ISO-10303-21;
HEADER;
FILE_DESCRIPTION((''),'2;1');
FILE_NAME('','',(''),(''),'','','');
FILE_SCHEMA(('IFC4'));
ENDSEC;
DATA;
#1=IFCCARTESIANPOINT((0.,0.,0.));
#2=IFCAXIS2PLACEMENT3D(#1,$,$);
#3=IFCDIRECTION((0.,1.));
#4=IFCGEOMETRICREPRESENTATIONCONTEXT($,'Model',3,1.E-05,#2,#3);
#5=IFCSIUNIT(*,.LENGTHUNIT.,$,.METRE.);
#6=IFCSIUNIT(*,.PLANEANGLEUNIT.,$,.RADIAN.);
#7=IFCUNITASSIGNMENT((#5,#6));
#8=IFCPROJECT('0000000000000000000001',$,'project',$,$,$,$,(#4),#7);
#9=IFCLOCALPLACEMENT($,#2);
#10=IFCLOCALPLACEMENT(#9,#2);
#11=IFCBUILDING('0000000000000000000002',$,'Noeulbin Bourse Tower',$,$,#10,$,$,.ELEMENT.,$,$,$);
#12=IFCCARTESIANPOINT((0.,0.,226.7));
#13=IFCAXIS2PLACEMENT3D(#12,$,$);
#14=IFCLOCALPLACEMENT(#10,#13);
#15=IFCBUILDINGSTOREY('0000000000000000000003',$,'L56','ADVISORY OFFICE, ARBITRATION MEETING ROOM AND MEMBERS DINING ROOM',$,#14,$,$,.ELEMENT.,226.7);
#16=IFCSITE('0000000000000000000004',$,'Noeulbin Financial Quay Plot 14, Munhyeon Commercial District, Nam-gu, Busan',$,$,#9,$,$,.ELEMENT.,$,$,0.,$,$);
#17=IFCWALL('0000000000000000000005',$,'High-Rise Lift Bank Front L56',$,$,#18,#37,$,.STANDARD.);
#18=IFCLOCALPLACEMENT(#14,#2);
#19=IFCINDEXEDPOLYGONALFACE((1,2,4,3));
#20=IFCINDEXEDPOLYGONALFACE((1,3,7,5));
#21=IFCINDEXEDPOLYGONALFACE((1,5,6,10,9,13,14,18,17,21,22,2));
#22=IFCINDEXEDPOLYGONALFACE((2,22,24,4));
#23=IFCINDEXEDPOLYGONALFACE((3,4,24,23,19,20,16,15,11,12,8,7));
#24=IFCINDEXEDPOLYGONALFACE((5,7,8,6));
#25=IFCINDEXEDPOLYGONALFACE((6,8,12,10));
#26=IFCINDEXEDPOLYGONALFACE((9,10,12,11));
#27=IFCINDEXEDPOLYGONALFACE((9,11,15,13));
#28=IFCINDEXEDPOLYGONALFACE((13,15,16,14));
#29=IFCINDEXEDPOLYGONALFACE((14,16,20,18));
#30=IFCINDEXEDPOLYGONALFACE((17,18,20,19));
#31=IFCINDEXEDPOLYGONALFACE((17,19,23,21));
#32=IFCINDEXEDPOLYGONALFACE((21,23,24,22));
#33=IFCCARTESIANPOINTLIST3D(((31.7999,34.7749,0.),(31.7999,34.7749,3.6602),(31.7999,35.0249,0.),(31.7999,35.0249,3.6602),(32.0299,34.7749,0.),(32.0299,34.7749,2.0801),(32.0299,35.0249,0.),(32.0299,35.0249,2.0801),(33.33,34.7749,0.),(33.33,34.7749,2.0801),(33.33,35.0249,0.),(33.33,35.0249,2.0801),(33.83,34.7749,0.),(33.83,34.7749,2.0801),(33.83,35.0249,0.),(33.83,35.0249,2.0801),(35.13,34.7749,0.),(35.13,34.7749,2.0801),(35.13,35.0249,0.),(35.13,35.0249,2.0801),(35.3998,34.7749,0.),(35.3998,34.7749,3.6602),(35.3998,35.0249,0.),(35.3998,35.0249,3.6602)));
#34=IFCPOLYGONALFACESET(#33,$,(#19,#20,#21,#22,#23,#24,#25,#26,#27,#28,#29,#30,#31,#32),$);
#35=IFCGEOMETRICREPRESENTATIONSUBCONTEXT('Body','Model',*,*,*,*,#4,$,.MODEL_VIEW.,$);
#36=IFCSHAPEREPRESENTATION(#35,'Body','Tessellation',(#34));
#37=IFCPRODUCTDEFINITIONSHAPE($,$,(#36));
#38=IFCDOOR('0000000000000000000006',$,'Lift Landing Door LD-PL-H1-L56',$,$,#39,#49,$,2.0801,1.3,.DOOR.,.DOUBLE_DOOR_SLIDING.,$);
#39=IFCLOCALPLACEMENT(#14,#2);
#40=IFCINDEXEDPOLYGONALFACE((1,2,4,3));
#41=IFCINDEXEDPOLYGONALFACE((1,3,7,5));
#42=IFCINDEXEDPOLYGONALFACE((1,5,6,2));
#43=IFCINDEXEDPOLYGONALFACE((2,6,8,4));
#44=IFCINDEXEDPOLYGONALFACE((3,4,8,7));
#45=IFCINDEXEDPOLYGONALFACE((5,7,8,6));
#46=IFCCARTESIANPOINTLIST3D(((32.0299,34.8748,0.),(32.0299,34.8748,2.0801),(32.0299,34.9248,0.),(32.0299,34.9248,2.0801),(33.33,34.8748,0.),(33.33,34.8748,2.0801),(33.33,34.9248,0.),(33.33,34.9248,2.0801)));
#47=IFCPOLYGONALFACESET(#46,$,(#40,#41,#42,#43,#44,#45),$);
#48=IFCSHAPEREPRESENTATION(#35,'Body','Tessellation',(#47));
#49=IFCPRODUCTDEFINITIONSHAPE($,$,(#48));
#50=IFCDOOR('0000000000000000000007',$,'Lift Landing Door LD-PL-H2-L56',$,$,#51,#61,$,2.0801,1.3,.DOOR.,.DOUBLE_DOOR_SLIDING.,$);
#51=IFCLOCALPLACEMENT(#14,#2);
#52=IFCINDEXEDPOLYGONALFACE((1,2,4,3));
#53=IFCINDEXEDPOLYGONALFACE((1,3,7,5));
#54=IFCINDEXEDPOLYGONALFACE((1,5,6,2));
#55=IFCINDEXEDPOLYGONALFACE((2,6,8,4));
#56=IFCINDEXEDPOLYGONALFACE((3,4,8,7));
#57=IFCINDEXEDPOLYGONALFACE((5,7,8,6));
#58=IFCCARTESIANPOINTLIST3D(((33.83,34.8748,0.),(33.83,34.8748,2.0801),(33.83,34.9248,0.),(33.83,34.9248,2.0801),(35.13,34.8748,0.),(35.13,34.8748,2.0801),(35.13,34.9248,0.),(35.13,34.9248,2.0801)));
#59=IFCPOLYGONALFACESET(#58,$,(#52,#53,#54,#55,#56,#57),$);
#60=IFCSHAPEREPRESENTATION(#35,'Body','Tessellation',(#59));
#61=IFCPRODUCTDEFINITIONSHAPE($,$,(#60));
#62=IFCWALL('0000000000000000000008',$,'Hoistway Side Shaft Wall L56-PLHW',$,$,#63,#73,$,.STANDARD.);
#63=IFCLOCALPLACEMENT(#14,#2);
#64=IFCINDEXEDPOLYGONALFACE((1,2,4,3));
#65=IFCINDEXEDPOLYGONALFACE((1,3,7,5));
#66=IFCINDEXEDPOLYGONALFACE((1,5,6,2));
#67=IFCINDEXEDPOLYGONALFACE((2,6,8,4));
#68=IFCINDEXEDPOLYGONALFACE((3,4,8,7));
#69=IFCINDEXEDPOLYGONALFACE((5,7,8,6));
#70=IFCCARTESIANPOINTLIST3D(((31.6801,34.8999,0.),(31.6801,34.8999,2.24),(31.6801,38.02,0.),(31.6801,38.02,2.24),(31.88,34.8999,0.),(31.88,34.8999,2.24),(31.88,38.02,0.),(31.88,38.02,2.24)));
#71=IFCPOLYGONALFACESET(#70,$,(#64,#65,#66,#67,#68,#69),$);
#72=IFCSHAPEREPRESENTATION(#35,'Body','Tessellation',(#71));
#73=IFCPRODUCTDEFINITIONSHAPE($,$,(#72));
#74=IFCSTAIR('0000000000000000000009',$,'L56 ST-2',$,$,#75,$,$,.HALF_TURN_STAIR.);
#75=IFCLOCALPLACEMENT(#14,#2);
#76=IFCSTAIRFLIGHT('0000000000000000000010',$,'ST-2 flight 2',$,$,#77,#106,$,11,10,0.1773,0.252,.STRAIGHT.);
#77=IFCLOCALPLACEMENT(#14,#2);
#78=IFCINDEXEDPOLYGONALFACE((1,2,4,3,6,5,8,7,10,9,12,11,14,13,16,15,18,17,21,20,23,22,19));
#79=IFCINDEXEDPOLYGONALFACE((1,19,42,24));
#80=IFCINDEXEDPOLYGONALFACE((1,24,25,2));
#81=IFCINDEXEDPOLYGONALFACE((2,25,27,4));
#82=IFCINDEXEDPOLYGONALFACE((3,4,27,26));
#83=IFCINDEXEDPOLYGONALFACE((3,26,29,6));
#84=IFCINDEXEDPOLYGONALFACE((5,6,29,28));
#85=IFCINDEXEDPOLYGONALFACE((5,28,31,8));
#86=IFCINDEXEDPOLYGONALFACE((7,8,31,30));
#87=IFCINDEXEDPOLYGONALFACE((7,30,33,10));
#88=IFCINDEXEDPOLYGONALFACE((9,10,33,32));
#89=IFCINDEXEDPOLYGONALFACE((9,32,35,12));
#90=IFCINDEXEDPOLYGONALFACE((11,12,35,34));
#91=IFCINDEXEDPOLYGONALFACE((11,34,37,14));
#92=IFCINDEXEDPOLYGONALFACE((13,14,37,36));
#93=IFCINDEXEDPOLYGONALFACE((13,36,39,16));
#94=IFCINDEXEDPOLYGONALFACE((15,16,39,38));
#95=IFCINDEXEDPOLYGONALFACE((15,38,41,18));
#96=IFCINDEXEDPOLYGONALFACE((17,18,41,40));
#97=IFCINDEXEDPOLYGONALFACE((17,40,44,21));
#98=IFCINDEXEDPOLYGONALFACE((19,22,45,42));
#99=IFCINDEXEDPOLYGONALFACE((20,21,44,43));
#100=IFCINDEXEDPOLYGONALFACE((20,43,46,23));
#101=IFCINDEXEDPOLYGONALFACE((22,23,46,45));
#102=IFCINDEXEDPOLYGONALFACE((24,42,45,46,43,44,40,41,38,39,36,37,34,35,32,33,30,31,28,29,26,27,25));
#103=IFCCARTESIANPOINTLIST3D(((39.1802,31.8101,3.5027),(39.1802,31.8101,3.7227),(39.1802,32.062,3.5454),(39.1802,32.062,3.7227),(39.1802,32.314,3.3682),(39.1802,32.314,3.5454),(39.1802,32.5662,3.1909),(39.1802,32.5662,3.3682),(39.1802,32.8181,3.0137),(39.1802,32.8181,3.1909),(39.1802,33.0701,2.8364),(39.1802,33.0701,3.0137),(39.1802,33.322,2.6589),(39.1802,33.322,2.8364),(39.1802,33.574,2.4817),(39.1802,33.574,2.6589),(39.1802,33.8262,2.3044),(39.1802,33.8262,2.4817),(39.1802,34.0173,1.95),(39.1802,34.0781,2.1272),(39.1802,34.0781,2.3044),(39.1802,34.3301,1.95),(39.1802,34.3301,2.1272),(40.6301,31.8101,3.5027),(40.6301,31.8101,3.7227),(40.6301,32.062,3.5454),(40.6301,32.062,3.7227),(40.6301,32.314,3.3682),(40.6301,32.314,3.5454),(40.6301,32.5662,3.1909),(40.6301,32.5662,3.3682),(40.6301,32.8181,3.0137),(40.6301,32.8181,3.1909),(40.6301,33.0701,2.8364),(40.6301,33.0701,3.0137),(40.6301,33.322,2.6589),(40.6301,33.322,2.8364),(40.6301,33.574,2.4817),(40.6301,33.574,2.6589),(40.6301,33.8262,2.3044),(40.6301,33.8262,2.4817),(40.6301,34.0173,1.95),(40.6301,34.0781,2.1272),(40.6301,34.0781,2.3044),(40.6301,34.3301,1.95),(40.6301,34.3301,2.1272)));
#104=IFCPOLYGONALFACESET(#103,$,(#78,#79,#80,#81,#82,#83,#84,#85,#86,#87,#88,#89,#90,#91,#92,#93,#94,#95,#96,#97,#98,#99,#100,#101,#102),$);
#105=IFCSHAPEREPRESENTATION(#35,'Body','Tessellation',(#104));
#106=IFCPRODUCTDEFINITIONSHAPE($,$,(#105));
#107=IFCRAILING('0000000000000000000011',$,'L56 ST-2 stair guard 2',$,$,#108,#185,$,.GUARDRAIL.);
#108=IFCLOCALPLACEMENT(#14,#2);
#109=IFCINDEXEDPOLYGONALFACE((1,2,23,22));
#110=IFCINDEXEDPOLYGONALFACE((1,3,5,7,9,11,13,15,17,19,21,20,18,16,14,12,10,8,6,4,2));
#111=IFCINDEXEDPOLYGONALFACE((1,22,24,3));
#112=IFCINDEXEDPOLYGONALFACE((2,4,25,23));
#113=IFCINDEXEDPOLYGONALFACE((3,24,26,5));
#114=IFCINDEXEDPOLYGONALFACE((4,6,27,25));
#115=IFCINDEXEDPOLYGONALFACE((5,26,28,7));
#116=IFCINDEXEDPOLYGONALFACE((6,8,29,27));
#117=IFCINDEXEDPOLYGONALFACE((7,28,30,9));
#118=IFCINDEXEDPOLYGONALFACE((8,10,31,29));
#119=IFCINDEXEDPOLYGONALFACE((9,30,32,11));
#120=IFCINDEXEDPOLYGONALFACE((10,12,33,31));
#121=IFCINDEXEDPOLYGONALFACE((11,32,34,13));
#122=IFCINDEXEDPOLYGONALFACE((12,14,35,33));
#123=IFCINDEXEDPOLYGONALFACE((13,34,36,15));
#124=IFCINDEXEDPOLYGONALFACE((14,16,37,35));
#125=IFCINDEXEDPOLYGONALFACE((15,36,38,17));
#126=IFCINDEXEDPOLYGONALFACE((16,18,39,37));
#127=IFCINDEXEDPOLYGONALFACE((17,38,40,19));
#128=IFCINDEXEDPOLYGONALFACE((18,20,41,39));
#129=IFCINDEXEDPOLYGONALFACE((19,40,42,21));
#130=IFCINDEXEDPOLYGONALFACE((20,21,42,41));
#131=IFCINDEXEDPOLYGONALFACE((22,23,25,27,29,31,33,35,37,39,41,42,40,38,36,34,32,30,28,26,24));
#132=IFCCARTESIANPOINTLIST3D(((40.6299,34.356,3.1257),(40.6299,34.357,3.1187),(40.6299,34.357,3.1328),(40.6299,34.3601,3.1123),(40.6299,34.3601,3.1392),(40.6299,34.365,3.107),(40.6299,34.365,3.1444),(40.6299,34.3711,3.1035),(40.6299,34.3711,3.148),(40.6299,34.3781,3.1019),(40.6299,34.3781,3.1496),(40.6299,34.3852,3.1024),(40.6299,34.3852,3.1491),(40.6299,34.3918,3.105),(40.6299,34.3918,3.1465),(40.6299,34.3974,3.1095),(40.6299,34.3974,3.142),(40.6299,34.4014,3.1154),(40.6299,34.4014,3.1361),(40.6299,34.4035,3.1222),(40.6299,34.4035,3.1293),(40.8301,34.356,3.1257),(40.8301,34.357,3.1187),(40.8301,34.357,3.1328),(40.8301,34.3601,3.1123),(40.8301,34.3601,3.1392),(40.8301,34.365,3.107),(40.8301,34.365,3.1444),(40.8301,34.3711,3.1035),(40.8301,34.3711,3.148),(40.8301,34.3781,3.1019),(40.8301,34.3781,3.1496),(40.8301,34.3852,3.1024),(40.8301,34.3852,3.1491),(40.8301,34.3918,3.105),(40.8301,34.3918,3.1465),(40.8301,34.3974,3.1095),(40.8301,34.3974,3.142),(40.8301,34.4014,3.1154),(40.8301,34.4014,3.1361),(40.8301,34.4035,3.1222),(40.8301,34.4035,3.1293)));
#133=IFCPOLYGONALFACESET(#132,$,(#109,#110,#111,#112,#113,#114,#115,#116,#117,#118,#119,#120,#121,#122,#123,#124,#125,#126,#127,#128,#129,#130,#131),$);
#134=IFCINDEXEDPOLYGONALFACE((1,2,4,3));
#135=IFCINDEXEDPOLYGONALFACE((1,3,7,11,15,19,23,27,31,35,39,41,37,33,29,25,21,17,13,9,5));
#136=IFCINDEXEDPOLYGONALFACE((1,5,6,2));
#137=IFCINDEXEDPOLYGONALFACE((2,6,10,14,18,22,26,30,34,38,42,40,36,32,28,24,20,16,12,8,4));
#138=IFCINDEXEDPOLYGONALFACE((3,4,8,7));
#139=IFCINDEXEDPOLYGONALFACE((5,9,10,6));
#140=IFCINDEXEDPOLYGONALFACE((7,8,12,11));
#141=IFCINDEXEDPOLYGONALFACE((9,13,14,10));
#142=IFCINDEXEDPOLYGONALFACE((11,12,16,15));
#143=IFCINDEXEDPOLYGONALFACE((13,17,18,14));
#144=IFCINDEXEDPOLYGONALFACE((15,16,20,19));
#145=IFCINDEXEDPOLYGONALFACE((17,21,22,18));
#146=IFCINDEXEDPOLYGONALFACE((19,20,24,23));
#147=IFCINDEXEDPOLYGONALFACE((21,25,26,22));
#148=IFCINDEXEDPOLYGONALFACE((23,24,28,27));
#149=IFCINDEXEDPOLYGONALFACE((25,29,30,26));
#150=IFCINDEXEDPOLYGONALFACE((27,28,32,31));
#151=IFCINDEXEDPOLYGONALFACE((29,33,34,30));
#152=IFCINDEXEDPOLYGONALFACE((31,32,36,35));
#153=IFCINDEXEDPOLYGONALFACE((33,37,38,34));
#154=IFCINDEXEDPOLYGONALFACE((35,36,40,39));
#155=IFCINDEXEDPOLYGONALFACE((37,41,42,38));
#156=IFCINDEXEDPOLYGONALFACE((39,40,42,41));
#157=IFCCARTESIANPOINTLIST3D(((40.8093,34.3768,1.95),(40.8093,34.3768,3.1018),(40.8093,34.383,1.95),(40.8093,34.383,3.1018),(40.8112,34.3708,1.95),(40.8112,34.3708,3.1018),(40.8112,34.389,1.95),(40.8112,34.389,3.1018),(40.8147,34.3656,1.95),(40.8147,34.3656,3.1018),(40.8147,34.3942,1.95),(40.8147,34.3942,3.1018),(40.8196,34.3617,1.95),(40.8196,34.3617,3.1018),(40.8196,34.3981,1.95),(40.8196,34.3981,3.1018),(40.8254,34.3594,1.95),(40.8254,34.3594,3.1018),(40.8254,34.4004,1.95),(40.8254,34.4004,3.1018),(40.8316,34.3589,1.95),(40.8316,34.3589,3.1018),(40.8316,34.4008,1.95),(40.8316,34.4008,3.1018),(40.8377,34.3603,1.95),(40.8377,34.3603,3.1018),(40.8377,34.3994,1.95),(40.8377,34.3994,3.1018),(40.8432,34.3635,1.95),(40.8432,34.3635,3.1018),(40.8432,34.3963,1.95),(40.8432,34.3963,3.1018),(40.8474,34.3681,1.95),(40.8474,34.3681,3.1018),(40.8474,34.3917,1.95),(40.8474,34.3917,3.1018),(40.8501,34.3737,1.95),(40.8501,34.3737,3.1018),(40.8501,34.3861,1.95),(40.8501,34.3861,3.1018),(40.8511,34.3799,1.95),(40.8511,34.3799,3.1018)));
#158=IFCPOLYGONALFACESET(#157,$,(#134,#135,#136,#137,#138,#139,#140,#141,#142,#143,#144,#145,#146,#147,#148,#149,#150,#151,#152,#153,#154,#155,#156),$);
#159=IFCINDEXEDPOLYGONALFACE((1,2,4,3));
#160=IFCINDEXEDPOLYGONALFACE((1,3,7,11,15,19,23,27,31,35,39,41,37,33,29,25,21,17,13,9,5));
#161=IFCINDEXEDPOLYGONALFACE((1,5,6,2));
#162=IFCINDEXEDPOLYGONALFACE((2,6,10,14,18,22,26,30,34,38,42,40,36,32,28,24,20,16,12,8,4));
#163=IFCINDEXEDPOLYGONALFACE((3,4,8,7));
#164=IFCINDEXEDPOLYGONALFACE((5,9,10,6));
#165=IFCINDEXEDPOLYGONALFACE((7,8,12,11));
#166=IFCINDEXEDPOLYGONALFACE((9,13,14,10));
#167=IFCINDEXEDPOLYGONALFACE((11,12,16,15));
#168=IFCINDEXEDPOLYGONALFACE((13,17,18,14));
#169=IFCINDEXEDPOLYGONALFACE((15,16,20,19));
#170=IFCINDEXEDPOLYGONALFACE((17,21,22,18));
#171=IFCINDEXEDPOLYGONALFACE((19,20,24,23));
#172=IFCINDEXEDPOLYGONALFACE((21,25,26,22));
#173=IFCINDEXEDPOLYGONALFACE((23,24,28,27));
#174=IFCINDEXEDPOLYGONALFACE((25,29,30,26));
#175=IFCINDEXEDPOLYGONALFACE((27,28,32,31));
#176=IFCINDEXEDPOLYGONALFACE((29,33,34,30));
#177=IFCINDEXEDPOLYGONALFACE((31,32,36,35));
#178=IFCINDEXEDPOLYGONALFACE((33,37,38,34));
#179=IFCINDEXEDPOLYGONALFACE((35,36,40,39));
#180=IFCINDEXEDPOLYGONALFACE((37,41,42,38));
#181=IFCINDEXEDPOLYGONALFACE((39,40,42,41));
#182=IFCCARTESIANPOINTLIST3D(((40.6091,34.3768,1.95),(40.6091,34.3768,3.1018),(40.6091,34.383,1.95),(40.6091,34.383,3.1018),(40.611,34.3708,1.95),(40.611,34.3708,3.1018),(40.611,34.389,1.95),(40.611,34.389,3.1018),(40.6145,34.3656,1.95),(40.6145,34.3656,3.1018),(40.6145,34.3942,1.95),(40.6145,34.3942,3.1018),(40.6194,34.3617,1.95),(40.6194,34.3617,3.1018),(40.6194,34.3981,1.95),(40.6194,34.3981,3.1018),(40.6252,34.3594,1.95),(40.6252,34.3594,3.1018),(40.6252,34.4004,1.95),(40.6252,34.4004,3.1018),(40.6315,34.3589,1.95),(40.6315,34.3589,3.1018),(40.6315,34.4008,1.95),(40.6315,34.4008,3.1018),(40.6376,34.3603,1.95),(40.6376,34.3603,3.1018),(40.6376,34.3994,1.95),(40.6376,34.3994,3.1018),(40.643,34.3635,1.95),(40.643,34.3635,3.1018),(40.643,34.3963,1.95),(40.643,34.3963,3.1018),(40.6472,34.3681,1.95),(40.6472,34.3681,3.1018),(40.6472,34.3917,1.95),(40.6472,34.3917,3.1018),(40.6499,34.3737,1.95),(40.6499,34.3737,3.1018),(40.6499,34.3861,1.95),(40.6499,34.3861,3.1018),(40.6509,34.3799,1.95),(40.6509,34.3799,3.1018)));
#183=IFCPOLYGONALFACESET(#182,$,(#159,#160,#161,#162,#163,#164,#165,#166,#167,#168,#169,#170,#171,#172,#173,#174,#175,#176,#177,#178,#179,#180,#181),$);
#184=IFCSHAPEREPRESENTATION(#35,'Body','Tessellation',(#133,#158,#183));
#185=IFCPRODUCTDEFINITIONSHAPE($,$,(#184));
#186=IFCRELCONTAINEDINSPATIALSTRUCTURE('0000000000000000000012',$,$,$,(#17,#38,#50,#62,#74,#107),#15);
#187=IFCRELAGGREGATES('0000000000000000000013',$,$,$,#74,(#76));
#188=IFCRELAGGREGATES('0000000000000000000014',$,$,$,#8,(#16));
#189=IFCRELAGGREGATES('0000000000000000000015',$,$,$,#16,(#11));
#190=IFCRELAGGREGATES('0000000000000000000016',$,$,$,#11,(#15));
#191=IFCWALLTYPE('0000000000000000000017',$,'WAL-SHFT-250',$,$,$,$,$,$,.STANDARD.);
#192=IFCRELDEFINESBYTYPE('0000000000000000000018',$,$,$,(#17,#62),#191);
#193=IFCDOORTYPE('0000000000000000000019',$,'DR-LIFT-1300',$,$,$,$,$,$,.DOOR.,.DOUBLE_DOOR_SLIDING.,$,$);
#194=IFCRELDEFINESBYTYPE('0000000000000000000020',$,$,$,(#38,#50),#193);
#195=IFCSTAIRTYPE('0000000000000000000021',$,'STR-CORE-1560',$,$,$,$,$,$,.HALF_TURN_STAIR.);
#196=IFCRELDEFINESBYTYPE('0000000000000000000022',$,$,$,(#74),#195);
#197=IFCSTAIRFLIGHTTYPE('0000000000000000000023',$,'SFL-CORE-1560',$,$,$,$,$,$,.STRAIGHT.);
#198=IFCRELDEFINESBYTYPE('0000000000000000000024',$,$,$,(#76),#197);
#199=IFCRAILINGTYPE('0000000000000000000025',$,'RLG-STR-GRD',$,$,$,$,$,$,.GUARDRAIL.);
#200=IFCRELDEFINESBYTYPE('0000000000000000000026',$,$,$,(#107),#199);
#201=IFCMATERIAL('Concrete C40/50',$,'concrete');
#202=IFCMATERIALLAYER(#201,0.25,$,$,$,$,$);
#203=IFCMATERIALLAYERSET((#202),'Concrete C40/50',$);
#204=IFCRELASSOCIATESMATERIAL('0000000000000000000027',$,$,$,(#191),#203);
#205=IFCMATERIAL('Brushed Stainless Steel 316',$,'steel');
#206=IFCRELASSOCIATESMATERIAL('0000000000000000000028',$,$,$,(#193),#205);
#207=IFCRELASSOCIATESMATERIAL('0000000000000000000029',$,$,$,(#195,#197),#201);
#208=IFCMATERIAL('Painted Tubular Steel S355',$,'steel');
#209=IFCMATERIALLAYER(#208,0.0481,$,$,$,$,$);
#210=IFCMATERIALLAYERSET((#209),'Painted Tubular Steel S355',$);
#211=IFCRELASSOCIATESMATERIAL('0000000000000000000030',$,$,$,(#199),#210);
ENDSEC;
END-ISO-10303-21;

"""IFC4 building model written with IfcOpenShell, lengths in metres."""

from ifc_helpers import new_model, si_unit, direction, frame, frame_2d, origin, origin_2d, place, context, subcontext, project, spatial, polyline, rectangle, circle, outline, extrude, material, layer, layer_set, type_object, element, fill, aggregate, save


model = new_model("IFC4")

# Units and contexts
model_context = context("Model", 3, precision=1e-05, world=origin(), true_north=direction((0.0, 1.0)))
body_context = subcontext(model_context, "Body", "Model", "MODEL_VIEW")
ifc_project = project(units=[si_unit("LENGTHUNIT", "METRE"), si_unit("PLANEANGLEUNIT", "RADIAN")], contexts=[model_context])

# Site, building, storey
site_placement = place(None, origin())
site = spatial("IfcSite", under=ifc_project, at=site_placement, Name="Noeulbin Financial Quay Plot 14, Munhyeon Commercial District, Nam-gu, Busan", CompositionType="ELEMENT", RefElevation=0.0)
building_placement = place(site_placement, origin())
building = spatial("IfcBuilding", under=site, at=building_placement, Name="Noeulbin Bourse Tower", CompositionType="ELEMENT")
storey_placement = place(building_placement, frame((0.0, 0.0, 226.7)))
storey = spatial("IfcBuildingStorey", under=building, at=storey_placement, Name="L56", Description="ADVISORY OFFICE, ARBITRATION MEETING ROOM AND MEMBERS DINING ROOM", CompositionType="ELEMENT", Elevation=226.7)

# Shared definitions
ifc_material_1 = material(Name="Concrete C40/50", Category="concrete")
ifc_layer_1 = layer(ifc_material_1, 0.25)
ifc_layer_set_1 = layer_set([ifc_layer_1], Name="Concrete C40/50")
wall_type = type_object("IfcWallType", Name="WAL-SHFT-250", PredefinedType="STANDARD", material=ifc_layer_set_1)

# Wall, openings, doors
wall_1_placement = place(storey_placement, frame((31.8, 34.8999, 0.0), z_axis=(0.0, 0.0, 1.0), x_axis=(1.0, 0.0, 0.0)))
wall_1 = element("IfcWall", 1, at=wall_1_placement, inside=storey, type_object=wall_type, Name="High-Rise Lift Bank Front L56", PredefinedType="STANDARD", context=body_context, shape_type="SweptSolid", body=[
    extrude(rectangle(XDim=3.5999, YDim=0.25, at=frame_2d((1.7998, 0.0))), origin(), (0.0, 0.0, 1.0), 3.6602),
])
opening_1_placement = place(wall_1_placement, frame((0.23, 0.0, 0.0)))
opening_1 = element("IfcOpeningElement", 2, at=opening_1_placement, cuts=wall_1, PredefinedType="OPENING", context=body_context, shape_type="SweptSolid", body=[
    extrude(rectangle(XDim=1.3, YDim=2.0801, at=frame_2d((0.6499, 1.04))), frame((0.0, 0.135, 0.0), z_axis=(0.0, -1.0, 0.0), x_axis=(1.0, 0.0, 0.0)), (0.0, 0.0, 1.0), 0.27),
])
opening_2_placement = place(wall_1_placement, frame((2.03, 0.0, 0.0)))
opening_2 = element("IfcOpeningElement", 3, at=opening_2_placement, cuts=wall_1, PredefinedType="OPENING", context=body_context, shape_type="SweptSolid", body=[
    extrude(rectangle(XDim=1.3, YDim=2.0801, at=frame_2d((0.6499, 1.04))), frame((0.0, 0.135, 0.0), z_axis=(0.0, -1.0, 0.0), x_axis=(1.0, 0.0, 0.0)), (0.0, 0.0, 1.0), 0.27),
])
ifc_material_2 = material(Name="Brushed Stainless Steel 316", Category="steel")
door_type = type_object("IfcDoorType", Name="DR-LIFT-1300", OperationType="DOUBLE_DOOR_SLIDING", PredefinedType="DOOR", material=ifc_material_2)
door_1_placement = place(opening_1_placement, origin())
door_1 = element("IfcDoor", 4, at=door_1_placement, inside=storey, type_object=door_type, Name="Lift Landing Door LD-PL-H1-L56", OperationType="DOUBLE_DOOR_SLIDING", OverallHeight=2.0801, OverallWidth=1.3, PredefinedType="DOOR", context=body_context, shape_type="SweptSolid", body=[
    extrude(rectangle(XDim=1.3, YDim=2.0801, at=frame_2d((0.6499, 1.04))), frame((0.0, 0.0249, 0.0), z_axis=(0.0, -1.0, 0.0), x_axis=(1.0, 0.0, 0.0)), (0.0, 0.0, 1.0), 0.05),
])
fill(opening_1, door_1)
door_2_placement = place(opening_2_placement, origin())
door_2 = element("IfcDoor", 5, at=door_2_placement, inside=storey, type_object=door_type, Name="Lift Landing Door LD-PL-H2-L56", OperationType="DOUBLE_DOOR_SLIDING", OverallHeight=2.0801, OverallWidth=1.3, PredefinedType="DOOR", context=body_context, shape_type="SweptSolid", body=[
    extrude(rectangle(XDim=1.3, YDim=2.0801, at=frame_2d((0.6499, 1.04))), frame((0.0, 0.0249, 0.0), z_axis=(0.0, -1.0, 0.0), x_axis=(1.0, 0.0, 0.0)), (0.0, 0.0, 1.0), 0.05),
])
fill(opening_2, door_2)

# Wall
wall_2_placement = place(storey_placement, frame((31.78, 34.8999, 0.0), z_axis=(0.0, 0.0, 1.0), x_axis=(0.0, 1.0, 0.0)))
element("IfcWall", 6, at=wall_2_placement, inside=storey, type_object=wall_type, Name="Hoistway Side Shaft Wall L56-PLHW", PredefinedType="STANDARD", context=body_context, shape_type="SweptSolid", body=[
    extrude(rectangle(XDim=3.1201, YDim=0.2, at=frame_2d((1.5601, 0.0))), origin(), (0.0, 0.0, 1.0), 2.24),
])

# Stair, stair flight
stair_type = type_object("IfcStairType", Name="STR-CORE-1560", PredefinedType="HALF_TURN_STAIR", material=ifc_material_1)
stair_placement = place(storey_placement, origin())
stair = element("IfcStair", 7, at=stair_placement, inside=storey, type_object=stair_type, Name="L56 ST-2", PredefinedType="HALF_TURN_STAIR")
stair_flight_type = type_object("IfcStairFlightType", Name="SFL-CORE-1560", PredefinedType="STRAIGHT", material=ifc_material_1)
stair_flight_placement = place(storey_placement, frame((39.905, 34.3301, 1.95), z_axis=(0.0, 0.0, 1.0), x_axis=(0.0, -1.0, 0.0)))
stair_flight = element("IfcStairFlight", 8, at=stair_flight_placement, type_object=stair_flight_type, Name="ST-2 flight 2", NumberOfRisers=11, NumberOfTreads=10, PredefinedType="STRAIGHT", RiserHeight=0.1773, TreadLength=0.252, context=body_context, shape_type="SweptSolid", body=[
    extrude(outline(polyline([(0.0, 0.0), (0.0, 0.1772), (0.252, 0.1772), (0.252, 0.3545), (0.5039, 0.3545), (0.5039, 0.5317), (0.7561, 0.5317), (0.7561, 0.709), (1.0081, 0.709), (1.0081, 0.8865), (1.26, 0.8865), (1.26, 1.0637), (1.512, 1.0637), (1.512, 1.241), (1.7639, 1.241), (1.7639, 1.4182), (2.0161, 1.4182), (2.0161, 1.5955), (2.2681, 1.5955), (2.2681, 1.7727), (2.52, 1.7727), (2.52, 1.95), (2.52, 1.5527), (0.3127, 0.0), (0.0, 0.0)])), frame((0.0, 0.7251, 0.0), z_axis=(0.0, -1.0, 0.0), x_axis=(1.0, 0.0, 0.0)), (0.0, 0.0, 1.0), 1.45),
])
aggregate(stair, [stair_flight])

# Railing
ifc_material_3 = material(Name="Painted Tubular Steel S355", Category="steel")
ifc_layer_2 = layer(ifc_material_3, 0.0481)
ifc_layer_set_2 = layer_set([ifc_layer_2], Name="Painted Tubular Steel S355")
railing_type_1 = type_object("IfcRailingType", Name="RLG-STR-GRD", PredefinedType="GUARDRAIL", material=ifc_layer_set_2)
railing_1_placement = place(storey_placement, frame((40.8301, 34.3799, 1.95)))
element("IfcRailing", 9, at=railing_1_placement, inside=storey, type_object=railing_type_1, Name="L56 ST-2 stair guard 2", PredefinedType="GUARDRAIL", context=body_context, shape_type="SweptSolid", body=[
    extrude(circle(Radius=0.0239, at=origin_2d()), frame((0.0, 0.0, 1.1758), z_axis=(-1.0, 0.0, 0.0), x_axis=(0.0, -1.0, 0.0)), (0.0, 0.0, 1.0), 0.2002),
    extrude(circle(Radius=0.021, at=origin_2d()), origin(), (0.0, 0.0, 1.0), 1.1519),
    extrude(circle(Radius=0.021, at=origin_2d()), frame((-0.2002, 0.0, 0.0)), (0.0, 0.0, 1.0), 1.1519),
])

save(model, "model.ifc")
